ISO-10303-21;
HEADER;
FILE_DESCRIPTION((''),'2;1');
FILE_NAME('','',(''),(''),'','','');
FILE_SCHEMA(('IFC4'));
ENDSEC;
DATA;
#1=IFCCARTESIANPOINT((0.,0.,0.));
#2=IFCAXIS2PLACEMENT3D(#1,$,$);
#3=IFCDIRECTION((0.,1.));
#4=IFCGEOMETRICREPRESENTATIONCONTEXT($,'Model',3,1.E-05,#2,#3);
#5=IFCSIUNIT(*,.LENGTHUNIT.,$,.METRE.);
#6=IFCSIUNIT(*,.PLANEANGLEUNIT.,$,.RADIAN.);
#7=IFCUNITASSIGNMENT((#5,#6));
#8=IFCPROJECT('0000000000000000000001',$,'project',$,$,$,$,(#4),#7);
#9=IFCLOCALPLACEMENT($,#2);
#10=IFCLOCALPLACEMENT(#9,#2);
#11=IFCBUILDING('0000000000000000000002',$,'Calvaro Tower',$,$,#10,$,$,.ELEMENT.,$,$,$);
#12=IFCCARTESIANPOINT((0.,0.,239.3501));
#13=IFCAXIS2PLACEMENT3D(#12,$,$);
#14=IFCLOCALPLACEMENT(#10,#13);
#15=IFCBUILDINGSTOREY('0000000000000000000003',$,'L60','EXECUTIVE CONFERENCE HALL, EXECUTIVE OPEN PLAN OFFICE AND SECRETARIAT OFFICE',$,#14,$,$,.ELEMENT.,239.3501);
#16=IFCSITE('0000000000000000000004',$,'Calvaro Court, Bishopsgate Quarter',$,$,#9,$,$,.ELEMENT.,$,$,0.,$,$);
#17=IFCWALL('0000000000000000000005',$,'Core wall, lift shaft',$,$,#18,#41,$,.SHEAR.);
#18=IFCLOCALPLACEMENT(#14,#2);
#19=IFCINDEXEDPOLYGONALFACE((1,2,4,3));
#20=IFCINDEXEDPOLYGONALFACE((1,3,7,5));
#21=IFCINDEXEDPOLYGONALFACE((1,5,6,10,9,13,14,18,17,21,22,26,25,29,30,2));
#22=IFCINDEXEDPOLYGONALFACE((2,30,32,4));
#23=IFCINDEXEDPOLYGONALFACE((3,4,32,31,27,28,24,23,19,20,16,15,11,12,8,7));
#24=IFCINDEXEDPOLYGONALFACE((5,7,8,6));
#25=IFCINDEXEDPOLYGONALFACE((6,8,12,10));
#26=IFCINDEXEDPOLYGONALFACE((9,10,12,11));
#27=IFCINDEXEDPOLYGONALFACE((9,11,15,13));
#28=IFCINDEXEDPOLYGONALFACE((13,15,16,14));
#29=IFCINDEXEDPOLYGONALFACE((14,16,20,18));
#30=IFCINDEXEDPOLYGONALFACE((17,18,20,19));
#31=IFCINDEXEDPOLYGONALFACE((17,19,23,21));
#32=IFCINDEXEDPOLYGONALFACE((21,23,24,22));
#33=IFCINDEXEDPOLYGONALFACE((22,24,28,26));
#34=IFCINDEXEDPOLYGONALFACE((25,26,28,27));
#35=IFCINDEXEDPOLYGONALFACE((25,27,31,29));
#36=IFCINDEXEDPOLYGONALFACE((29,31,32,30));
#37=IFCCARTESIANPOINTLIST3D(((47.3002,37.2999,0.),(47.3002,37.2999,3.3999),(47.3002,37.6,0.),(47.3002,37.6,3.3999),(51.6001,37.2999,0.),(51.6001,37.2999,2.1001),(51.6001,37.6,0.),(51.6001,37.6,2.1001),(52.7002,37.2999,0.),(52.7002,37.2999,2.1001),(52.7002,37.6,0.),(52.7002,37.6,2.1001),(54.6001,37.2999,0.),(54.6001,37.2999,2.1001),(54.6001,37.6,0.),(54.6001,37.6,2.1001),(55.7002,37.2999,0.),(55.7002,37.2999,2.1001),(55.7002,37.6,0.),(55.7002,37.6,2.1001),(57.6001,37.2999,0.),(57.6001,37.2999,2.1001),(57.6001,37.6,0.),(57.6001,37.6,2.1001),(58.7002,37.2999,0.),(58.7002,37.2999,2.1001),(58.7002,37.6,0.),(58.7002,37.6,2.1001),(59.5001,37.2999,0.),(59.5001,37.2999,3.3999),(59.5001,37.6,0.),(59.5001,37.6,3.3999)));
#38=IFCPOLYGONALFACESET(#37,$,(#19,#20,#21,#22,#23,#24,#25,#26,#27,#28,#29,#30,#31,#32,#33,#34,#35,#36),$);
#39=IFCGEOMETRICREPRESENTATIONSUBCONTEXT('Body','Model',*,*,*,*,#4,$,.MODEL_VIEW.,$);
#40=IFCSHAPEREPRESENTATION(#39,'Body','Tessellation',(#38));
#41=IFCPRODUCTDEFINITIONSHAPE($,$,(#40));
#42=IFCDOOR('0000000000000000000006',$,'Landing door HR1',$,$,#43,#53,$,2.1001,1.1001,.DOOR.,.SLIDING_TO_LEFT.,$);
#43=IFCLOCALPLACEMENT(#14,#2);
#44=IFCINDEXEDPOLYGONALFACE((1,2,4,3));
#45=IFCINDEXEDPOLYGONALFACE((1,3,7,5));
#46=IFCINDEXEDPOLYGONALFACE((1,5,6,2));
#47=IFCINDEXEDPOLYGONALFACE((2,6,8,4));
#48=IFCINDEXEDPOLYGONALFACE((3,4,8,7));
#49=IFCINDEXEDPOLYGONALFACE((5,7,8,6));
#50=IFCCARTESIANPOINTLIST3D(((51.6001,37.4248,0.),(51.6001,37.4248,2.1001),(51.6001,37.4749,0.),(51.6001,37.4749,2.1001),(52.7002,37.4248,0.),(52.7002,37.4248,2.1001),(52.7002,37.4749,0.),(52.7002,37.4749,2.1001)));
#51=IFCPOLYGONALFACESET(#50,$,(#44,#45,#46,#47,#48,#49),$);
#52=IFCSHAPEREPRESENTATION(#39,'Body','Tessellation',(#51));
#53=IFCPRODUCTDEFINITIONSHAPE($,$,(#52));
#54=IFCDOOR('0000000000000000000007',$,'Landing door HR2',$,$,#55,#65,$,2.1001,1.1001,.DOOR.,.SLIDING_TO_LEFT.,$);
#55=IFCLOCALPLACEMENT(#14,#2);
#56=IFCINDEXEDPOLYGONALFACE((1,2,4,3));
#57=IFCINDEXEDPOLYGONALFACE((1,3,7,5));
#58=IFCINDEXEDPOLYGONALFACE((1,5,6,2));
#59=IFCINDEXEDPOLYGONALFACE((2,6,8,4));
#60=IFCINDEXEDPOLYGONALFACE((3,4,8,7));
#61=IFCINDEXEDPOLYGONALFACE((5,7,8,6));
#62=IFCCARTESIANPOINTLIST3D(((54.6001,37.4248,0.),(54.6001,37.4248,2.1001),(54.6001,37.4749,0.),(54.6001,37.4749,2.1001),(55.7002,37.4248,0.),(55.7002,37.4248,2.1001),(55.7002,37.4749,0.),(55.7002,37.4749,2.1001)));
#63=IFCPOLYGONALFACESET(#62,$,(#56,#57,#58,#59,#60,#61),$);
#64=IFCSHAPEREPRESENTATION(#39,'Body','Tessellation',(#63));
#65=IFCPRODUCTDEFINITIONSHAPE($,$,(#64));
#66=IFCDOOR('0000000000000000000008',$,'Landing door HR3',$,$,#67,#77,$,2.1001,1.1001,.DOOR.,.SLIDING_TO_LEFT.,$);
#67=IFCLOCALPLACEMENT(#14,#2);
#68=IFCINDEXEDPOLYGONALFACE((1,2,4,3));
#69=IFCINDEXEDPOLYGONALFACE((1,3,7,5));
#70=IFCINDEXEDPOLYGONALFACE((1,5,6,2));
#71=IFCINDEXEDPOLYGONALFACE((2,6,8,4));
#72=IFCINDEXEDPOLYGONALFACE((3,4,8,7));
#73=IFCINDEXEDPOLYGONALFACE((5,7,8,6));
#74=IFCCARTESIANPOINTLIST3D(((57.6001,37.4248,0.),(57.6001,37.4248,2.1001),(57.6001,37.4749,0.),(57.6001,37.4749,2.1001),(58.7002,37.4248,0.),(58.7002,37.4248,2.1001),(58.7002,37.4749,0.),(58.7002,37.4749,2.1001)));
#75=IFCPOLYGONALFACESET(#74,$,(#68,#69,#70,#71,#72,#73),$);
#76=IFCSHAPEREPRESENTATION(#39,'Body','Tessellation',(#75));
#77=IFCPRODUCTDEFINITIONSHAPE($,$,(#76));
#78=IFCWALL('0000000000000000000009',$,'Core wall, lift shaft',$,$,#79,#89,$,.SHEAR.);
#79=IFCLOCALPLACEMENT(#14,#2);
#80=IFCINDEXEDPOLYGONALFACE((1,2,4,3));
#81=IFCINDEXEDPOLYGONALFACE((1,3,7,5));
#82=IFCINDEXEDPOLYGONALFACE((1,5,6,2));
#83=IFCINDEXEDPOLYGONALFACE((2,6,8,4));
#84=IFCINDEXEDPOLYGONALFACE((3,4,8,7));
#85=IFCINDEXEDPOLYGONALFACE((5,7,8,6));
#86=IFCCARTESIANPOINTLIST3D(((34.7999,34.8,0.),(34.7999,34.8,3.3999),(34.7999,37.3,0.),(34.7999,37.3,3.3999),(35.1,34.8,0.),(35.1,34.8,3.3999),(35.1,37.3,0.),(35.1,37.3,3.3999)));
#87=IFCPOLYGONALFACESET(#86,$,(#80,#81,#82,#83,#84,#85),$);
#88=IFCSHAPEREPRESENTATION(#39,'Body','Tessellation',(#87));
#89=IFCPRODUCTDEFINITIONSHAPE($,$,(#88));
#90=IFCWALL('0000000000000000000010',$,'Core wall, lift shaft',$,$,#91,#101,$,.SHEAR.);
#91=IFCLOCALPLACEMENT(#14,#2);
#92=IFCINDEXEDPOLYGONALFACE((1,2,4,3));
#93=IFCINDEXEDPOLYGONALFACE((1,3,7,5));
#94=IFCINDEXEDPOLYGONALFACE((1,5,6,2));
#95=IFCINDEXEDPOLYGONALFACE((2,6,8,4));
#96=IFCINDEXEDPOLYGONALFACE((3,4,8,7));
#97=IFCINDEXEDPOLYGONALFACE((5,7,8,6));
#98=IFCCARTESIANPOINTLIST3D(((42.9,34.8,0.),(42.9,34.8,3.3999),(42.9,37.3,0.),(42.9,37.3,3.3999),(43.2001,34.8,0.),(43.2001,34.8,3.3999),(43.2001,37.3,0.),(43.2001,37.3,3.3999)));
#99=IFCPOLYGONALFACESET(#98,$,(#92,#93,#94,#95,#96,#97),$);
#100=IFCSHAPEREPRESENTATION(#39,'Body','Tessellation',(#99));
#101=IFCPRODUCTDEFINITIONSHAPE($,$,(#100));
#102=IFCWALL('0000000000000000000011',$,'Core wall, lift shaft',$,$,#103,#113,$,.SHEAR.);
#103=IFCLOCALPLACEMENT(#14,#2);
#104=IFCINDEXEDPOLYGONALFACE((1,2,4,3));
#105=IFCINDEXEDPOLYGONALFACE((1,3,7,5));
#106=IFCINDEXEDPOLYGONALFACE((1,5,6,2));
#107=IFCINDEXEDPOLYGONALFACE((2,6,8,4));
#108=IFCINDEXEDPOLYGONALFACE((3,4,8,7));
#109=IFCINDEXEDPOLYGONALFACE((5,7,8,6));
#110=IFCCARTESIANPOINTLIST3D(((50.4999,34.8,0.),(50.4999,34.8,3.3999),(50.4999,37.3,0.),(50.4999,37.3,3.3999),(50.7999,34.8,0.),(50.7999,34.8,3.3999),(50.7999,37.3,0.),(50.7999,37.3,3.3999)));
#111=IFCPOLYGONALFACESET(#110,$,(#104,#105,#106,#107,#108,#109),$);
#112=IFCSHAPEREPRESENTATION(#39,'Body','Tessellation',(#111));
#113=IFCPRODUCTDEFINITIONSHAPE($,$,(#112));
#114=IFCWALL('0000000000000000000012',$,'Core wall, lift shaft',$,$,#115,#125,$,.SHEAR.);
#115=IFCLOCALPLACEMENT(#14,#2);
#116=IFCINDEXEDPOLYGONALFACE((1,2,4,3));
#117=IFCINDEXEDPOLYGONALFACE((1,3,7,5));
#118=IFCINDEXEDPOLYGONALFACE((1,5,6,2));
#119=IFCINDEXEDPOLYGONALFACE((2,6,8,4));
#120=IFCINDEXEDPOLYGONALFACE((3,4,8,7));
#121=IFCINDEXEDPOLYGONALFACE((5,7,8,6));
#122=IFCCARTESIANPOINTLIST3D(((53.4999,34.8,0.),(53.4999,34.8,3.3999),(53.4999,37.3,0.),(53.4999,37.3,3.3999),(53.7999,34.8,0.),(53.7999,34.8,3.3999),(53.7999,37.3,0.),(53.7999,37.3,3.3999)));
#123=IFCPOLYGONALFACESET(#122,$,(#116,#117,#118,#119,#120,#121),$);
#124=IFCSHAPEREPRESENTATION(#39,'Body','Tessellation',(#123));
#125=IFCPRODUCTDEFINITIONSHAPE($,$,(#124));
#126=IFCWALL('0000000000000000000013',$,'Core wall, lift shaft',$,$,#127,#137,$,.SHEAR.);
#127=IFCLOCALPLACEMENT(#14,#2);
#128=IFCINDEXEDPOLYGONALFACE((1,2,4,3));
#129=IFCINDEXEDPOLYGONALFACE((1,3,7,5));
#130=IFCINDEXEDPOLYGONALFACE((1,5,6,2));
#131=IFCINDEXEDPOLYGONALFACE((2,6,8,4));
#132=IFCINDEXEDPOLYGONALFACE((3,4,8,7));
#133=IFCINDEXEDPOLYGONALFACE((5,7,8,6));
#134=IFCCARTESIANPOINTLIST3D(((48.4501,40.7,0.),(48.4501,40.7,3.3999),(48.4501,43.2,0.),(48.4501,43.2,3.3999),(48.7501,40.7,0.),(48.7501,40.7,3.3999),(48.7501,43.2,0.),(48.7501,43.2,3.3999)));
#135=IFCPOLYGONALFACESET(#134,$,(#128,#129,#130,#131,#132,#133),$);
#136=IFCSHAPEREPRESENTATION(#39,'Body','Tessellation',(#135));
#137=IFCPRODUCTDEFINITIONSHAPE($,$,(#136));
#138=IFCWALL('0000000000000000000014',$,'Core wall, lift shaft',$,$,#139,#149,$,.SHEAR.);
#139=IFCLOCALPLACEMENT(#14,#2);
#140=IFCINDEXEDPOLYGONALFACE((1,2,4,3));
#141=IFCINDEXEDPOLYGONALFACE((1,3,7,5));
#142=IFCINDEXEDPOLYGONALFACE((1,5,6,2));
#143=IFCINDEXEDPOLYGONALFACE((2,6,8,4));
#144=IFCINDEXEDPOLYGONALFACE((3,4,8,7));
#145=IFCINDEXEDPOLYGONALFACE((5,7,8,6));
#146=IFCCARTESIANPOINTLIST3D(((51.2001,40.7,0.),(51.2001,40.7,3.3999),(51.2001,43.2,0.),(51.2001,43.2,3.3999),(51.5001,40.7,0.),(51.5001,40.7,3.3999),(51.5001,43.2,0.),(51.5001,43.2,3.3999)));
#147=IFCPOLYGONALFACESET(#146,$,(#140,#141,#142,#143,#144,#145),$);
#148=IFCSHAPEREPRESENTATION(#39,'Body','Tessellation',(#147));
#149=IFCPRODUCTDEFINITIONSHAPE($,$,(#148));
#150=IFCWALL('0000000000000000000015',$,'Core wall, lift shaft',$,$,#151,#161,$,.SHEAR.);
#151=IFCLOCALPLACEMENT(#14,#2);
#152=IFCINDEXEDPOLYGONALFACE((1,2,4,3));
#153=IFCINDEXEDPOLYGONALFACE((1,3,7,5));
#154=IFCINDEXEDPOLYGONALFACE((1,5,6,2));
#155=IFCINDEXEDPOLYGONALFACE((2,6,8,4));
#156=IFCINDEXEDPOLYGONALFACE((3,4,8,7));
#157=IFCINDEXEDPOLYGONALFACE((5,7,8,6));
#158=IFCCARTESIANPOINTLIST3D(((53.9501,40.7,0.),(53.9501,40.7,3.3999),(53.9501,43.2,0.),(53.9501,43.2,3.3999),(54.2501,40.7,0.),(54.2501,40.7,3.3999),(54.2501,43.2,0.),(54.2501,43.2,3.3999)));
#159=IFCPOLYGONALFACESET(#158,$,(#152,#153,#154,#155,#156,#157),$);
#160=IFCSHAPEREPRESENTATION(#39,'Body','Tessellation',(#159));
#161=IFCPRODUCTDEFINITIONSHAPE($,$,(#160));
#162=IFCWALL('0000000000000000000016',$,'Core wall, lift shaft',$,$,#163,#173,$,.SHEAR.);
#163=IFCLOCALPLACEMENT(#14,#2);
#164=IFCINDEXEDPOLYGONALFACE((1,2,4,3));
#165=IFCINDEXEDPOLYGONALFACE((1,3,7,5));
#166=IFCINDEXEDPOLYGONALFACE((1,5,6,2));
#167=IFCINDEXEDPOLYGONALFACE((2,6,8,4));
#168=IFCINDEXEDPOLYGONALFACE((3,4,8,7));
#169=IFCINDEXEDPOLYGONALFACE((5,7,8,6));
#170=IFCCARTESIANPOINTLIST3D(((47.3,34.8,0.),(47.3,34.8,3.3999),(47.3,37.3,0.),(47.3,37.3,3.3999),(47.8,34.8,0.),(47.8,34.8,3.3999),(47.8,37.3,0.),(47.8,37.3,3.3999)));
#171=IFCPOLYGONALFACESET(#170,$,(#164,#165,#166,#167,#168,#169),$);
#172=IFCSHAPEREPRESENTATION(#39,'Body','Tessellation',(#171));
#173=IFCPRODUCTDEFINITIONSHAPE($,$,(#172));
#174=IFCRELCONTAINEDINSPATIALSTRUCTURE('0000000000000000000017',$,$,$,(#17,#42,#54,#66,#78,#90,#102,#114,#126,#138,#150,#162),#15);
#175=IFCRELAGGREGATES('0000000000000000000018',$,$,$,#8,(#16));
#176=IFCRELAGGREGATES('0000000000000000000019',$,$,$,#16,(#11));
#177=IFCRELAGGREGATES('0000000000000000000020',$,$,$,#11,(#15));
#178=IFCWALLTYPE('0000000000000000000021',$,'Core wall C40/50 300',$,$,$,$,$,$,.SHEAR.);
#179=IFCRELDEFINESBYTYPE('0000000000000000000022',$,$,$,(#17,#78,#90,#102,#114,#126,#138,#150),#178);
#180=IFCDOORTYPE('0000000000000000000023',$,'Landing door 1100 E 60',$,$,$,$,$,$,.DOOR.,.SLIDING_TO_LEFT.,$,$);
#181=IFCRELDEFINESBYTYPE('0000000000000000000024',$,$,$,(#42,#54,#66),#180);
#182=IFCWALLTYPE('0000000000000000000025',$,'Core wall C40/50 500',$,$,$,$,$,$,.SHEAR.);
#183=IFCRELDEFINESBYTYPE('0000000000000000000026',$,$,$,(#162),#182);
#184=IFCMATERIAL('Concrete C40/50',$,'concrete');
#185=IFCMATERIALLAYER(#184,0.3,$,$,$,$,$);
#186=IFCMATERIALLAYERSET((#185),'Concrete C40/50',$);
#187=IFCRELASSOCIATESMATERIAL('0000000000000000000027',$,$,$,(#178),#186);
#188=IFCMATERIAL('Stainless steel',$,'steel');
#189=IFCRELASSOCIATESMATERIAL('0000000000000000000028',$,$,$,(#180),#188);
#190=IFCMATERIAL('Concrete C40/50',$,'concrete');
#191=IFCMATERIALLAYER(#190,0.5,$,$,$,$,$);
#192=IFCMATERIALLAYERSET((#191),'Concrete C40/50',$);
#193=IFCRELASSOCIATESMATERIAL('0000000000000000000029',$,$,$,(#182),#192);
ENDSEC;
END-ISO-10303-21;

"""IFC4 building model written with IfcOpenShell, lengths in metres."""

from ifc_helpers import new_model, si_unit, direction, frame, frame_2d, origin, place, context, subcontext, project, spatial, rectangle, extrude, material, layer, layer_set, type_object, element, fill, save


model = new_model("IFC4")

# Units and contexts
model_context = context("Model", 3, precision=1e-05, world=origin(), true_north=direction((0.0, 1.0)))
body_context = subcontext(model_context, "Body", "Model", "MODEL_VIEW")
ifc_project = project(units=[si_unit("LENGTHUNIT", "METRE"), si_unit("PLANEANGLEUNIT", "RADIAN")], contexts=[model_context])

# Site, building, storey
site_placement = place(None, origin())
site = spatial("IfcSite", under=ifc_project, at=site_placement, Name="Calvaro Court, Bishopsgate Quarter", CompositionType="ELEMENT", RefElevation=0.0)
building_placement = place(site_placement, origin())
building = spatial("IfcBuilding", under=site, at=building_placement, Name="Calvaro Tower", CompositionType="ELEMENT")
storey_placement = place(building_placement, frame((0.0, 0.0, 239.3501)))
storey = spatial("IfcBuildingStorey", under=building, at=storey_placement, Name="L60", Description="EXECUTIVE CONFERENCE HALL, EXECUTIVE OPEN PLAN OFFICE AND SECRETARIAT OFFICE", CompositionType="ELEMENT", Elevation=239.3501)

# Shared definitions
ifc_material_1 = material(Name="Concrete C40/50", Category="concrete")
ifc_layer_1 = layer(ifc_material_1, 0.3)
ifc_layer_set_1 = layer_set([ifc_layer_1], Name="Concrete C40/50")
wall_type_1 = type_object("IfcWallType", Name="Core wall C40/50 300", PredefinedType="SHEAR", material=ifc_layer_set_1)

# Shared definitions
ifc_material_2 = material(Name="Stainless steel", Category="steel")
door_type_1 = type_object("IfcDoorType", Name="Landing door 1100 E 60", OperationType="SLIDING_TO_LEFT", PredefinedType="DOOR", material=ifc_material_2)

# Wall, openings, doors
wall_1_placement = place(storey_placement, frame((47.3, 37.45, 0.0), z_axis=(0.0, 0.0, 1.0), x_axis=(1.0, 0.0, 0.0)))
wall_1 = element("IfcWall", 1, at=wall_1_placement, inside=storey, type_object=wall_type_1, Name="Core wall, lift shaft", PredefinedType="SHEAR", context=body_context, shape_type="SweptSolid", body=[
    extrude(rectangle(XDim=12.2, YDim=0.3, at=frame_2d((6.1001, 0.0))), origin(), (0.0, 0.0, 1.0), 3.3999),
])
opening_1_placement = place(wall_1_placement, frame((4.3, 0.0, 0.0)))
opening_1 = element("IfcOpeningElement", 2, at=opening_1_placement, cuts=wall_1, PredefinedType="OPENING", context=body_context, shape_type="SweptSolid", body=[
    extrude(rectangle(XDim=1.1001, YDim=2.1001, at=frame_2d((0.55, 1.05))), frame((0.0, 0.1599, 0.0), z_axis=(0.0, -1.0, 0.0), x_axis=(1.0, 0.0, 0.0)), (0.0, 0.0, 1.0), 0.3201),
])
opening_2_placement = place(wall_1_placement, frame((7.3, 0.0, 0.0)))
opening_2 = element("IfcOpeningElement", 3, at=opening_2_placement, cuts=wall_1, PredefinedType="OPENING", context=body_context, shape_type="SweptSolid", body=[
    extrude(rectangle(XDim=1.1001, YDim=2.1001, at=frame_2d((0.55, 1.05))), frame((0.0, 0.1599, 0.0), z_axis=(0.0, -1.0, 0.0), x_axis=(1.0, 0.0, 0.0)), (0.0, 0.0, 1.0), 0.3201),
])
opening_3_placement = place(wall_1_placement, frame((10.3, 0.0, 0.0)))
opening_3 = element("IfcOpeningElement", 4, at=opening_3_placement, cuts=wall_1, PredefinedType="OPENING", context=body_context, shape_type="SweptSolid", body=[
    extrude(rectangle(XDim=1.1001, YDim=2.1001, at=frame_2d((0.55, 1.05))), frame((0.0, 0.1599, 0.0), z_axis=(0.0, -1.0, 0.0), x_axis=(1.0, 0.0, 0.0)), (0.0, 0.0, 1.0), 0.3201),
])
door_1_placement = place(opening_1_placement, origin())
door_1 = element("IfcDoor", 5, at=door_1_placement, inside=storey, type_object=door_type_1, Name="Landing door HR1", OperationType="SLIDING_TO_LEFT", OverallHeight=2.1001, OverallWidth=1.1001, PredefinedType="DOOR", context=body_context, shape_type="SweptSolid", body=[
    extrude(rectangle(XDim=1.1001, YDim=2.1001, at=frame_2d((0.55, 1.05))), frame((0.0, 0.0249, 0.0), z_axis=(0.0, -1.0, 0.0), x_axis=(1.0, 0.0, 0.0)), (0.0, 0.0, 1.0), 0.05),
])
fill(opening_1, door_1)
door_2_placement = place(opening_2_placement, origin())
door_2 = element("IfcDoor", 6, at=door_2_placement, inside=storey, type_object=door_type_1, Name="Landing door HR2", OperationType="SLIDING_TO_LEFT", OverallHeight=2.1001, OverallWidth=1.1001, PredefinedType="DOOR", context=body_context, shape_type="SweptSolid", body=[
    extrude(rectangle(XDim=1.1001, YDim=2.1001, at=frame_2d((0.55, 1.05))), frame((0.0, 0.0249, 0.0), z_axis=(0.0, -1.0, 0.0), x_axis=(1.0, 0.0, 0.0)), (0.0, 0.0, 1.0), 0.05),
])
fill(opening_2, door_2)
door_3_placement = place(opening_3_placement, origin())
door_3 = element("IfcDoor", 7, at=door_3_placement, inside=storey, type_object=door_type_1, Name="Landing door HR3", OperationType="SLIDING_TO_LEFT", OverallHeight=2.1001, OverallWidth=1.1001, PredefinedType="DOOR", context=body_context, shape_type="SweptSolid", body=[
    extrude(rectangle(XDim=1.1001, YDim=2.1001, at=frame_2d((0.55, 1.05))), frame((0.0, 0.0249, 0.0), z_axis=(0.0, -1.0, 0.0), x_axis=(1.0, 0.0, 0.0)), (0.0, 0.0, 1.0), 0.05),
])
fill(opening_3, door_3)

# Walls
for number, where, z_axis, x_axis, name in (
    (8, (34.95, 34.8, 0.0), (0.0, 0.0, 1.0), (0.0, 1.0, 0.0), "Core wall, lift shaft"),
    (9, (43.05, 34.8, 0.0), (0.0, 0.0, 1.0), (0.0, 1.0, 0.0), "Core wall, lift shaft"),
    (10, (50.6499, 34.8, 0.0), (0.0, 0.0, 1.0), (0.0, 1.0, 0.0), "Core wall, lift shaft"),
    (11, (53.6499, 34.8, 0.0), (0.0, 0.0, 1.0), (0.0, 1.0, 0.0), "Core wall, lift shaft"),
    (12, (48.6001, 40.7, 0.0), (0.0, 0.0, 1.0), (0.0, 1.0, 0.0), "Core wall, lift shaft"),
    (13, (51.3501, 40.7, 0.0), (0.0, 0.0, 1.0), (0.0, 1.0, 0.0), "Core wall, lift shaft"),
    (14, (54.1001, 40.7, 0.0), (0.0, 0.0, 1.0), (0.0, 1.0, 0.0), "Core wall, lift shaft"),
):
    element("IfcWall", number, at=place(storey_placement, frame(where, z_axis=z_axis, x_axis=x_axis)), inside=storey, type_object=wall_type_1, Name=name, PredefinedType="SHEAR", context=body_context, shape_type="SweptSolid", body=[
        extrude(rectangle(XDim=2.5, YDim=0.3, at=frame_2d((1.25, 0.0))), origin(), (0.0, 0.0, 1.0), 3.3999),
    ])
ifc_material_3 = material(Name="Concrete C40/50", Category="concrete")
ifc_layer_2 = layer(ifc_material_3, 0.5)
ifc_layer_set_2 = layer_set([ifc_layer_2], Name="Concrete C40/50")
wall_type_2 = type_object("IfcWallType", Name="Core wall C40/50 500", PredefinedType="SHEAR", material=ifc_layer_set_2)
wall_2_placement = place(storey_placement, frame((47.55, 34.8, 0.0), z_axis=(0.0, 0.0, 1.0), x_axis=(0.0, 1.0, 0.0)))
element("IfcWall", 15, at=wall_2_placement, inside=storey, type_object=wall_type_2, Name="Core wall, lift shaft", PredefinedType="SHEAR", context=body_context, shape_type="SweptSolid", body=[
    extrude(rectangle(XDim=2.5, YDim=0.5, at=frame_2d((1.25, 0.0))), origin(), (0.0, 0.0, 1.0), 3.3999),
])

save(model, "model.ifc")
